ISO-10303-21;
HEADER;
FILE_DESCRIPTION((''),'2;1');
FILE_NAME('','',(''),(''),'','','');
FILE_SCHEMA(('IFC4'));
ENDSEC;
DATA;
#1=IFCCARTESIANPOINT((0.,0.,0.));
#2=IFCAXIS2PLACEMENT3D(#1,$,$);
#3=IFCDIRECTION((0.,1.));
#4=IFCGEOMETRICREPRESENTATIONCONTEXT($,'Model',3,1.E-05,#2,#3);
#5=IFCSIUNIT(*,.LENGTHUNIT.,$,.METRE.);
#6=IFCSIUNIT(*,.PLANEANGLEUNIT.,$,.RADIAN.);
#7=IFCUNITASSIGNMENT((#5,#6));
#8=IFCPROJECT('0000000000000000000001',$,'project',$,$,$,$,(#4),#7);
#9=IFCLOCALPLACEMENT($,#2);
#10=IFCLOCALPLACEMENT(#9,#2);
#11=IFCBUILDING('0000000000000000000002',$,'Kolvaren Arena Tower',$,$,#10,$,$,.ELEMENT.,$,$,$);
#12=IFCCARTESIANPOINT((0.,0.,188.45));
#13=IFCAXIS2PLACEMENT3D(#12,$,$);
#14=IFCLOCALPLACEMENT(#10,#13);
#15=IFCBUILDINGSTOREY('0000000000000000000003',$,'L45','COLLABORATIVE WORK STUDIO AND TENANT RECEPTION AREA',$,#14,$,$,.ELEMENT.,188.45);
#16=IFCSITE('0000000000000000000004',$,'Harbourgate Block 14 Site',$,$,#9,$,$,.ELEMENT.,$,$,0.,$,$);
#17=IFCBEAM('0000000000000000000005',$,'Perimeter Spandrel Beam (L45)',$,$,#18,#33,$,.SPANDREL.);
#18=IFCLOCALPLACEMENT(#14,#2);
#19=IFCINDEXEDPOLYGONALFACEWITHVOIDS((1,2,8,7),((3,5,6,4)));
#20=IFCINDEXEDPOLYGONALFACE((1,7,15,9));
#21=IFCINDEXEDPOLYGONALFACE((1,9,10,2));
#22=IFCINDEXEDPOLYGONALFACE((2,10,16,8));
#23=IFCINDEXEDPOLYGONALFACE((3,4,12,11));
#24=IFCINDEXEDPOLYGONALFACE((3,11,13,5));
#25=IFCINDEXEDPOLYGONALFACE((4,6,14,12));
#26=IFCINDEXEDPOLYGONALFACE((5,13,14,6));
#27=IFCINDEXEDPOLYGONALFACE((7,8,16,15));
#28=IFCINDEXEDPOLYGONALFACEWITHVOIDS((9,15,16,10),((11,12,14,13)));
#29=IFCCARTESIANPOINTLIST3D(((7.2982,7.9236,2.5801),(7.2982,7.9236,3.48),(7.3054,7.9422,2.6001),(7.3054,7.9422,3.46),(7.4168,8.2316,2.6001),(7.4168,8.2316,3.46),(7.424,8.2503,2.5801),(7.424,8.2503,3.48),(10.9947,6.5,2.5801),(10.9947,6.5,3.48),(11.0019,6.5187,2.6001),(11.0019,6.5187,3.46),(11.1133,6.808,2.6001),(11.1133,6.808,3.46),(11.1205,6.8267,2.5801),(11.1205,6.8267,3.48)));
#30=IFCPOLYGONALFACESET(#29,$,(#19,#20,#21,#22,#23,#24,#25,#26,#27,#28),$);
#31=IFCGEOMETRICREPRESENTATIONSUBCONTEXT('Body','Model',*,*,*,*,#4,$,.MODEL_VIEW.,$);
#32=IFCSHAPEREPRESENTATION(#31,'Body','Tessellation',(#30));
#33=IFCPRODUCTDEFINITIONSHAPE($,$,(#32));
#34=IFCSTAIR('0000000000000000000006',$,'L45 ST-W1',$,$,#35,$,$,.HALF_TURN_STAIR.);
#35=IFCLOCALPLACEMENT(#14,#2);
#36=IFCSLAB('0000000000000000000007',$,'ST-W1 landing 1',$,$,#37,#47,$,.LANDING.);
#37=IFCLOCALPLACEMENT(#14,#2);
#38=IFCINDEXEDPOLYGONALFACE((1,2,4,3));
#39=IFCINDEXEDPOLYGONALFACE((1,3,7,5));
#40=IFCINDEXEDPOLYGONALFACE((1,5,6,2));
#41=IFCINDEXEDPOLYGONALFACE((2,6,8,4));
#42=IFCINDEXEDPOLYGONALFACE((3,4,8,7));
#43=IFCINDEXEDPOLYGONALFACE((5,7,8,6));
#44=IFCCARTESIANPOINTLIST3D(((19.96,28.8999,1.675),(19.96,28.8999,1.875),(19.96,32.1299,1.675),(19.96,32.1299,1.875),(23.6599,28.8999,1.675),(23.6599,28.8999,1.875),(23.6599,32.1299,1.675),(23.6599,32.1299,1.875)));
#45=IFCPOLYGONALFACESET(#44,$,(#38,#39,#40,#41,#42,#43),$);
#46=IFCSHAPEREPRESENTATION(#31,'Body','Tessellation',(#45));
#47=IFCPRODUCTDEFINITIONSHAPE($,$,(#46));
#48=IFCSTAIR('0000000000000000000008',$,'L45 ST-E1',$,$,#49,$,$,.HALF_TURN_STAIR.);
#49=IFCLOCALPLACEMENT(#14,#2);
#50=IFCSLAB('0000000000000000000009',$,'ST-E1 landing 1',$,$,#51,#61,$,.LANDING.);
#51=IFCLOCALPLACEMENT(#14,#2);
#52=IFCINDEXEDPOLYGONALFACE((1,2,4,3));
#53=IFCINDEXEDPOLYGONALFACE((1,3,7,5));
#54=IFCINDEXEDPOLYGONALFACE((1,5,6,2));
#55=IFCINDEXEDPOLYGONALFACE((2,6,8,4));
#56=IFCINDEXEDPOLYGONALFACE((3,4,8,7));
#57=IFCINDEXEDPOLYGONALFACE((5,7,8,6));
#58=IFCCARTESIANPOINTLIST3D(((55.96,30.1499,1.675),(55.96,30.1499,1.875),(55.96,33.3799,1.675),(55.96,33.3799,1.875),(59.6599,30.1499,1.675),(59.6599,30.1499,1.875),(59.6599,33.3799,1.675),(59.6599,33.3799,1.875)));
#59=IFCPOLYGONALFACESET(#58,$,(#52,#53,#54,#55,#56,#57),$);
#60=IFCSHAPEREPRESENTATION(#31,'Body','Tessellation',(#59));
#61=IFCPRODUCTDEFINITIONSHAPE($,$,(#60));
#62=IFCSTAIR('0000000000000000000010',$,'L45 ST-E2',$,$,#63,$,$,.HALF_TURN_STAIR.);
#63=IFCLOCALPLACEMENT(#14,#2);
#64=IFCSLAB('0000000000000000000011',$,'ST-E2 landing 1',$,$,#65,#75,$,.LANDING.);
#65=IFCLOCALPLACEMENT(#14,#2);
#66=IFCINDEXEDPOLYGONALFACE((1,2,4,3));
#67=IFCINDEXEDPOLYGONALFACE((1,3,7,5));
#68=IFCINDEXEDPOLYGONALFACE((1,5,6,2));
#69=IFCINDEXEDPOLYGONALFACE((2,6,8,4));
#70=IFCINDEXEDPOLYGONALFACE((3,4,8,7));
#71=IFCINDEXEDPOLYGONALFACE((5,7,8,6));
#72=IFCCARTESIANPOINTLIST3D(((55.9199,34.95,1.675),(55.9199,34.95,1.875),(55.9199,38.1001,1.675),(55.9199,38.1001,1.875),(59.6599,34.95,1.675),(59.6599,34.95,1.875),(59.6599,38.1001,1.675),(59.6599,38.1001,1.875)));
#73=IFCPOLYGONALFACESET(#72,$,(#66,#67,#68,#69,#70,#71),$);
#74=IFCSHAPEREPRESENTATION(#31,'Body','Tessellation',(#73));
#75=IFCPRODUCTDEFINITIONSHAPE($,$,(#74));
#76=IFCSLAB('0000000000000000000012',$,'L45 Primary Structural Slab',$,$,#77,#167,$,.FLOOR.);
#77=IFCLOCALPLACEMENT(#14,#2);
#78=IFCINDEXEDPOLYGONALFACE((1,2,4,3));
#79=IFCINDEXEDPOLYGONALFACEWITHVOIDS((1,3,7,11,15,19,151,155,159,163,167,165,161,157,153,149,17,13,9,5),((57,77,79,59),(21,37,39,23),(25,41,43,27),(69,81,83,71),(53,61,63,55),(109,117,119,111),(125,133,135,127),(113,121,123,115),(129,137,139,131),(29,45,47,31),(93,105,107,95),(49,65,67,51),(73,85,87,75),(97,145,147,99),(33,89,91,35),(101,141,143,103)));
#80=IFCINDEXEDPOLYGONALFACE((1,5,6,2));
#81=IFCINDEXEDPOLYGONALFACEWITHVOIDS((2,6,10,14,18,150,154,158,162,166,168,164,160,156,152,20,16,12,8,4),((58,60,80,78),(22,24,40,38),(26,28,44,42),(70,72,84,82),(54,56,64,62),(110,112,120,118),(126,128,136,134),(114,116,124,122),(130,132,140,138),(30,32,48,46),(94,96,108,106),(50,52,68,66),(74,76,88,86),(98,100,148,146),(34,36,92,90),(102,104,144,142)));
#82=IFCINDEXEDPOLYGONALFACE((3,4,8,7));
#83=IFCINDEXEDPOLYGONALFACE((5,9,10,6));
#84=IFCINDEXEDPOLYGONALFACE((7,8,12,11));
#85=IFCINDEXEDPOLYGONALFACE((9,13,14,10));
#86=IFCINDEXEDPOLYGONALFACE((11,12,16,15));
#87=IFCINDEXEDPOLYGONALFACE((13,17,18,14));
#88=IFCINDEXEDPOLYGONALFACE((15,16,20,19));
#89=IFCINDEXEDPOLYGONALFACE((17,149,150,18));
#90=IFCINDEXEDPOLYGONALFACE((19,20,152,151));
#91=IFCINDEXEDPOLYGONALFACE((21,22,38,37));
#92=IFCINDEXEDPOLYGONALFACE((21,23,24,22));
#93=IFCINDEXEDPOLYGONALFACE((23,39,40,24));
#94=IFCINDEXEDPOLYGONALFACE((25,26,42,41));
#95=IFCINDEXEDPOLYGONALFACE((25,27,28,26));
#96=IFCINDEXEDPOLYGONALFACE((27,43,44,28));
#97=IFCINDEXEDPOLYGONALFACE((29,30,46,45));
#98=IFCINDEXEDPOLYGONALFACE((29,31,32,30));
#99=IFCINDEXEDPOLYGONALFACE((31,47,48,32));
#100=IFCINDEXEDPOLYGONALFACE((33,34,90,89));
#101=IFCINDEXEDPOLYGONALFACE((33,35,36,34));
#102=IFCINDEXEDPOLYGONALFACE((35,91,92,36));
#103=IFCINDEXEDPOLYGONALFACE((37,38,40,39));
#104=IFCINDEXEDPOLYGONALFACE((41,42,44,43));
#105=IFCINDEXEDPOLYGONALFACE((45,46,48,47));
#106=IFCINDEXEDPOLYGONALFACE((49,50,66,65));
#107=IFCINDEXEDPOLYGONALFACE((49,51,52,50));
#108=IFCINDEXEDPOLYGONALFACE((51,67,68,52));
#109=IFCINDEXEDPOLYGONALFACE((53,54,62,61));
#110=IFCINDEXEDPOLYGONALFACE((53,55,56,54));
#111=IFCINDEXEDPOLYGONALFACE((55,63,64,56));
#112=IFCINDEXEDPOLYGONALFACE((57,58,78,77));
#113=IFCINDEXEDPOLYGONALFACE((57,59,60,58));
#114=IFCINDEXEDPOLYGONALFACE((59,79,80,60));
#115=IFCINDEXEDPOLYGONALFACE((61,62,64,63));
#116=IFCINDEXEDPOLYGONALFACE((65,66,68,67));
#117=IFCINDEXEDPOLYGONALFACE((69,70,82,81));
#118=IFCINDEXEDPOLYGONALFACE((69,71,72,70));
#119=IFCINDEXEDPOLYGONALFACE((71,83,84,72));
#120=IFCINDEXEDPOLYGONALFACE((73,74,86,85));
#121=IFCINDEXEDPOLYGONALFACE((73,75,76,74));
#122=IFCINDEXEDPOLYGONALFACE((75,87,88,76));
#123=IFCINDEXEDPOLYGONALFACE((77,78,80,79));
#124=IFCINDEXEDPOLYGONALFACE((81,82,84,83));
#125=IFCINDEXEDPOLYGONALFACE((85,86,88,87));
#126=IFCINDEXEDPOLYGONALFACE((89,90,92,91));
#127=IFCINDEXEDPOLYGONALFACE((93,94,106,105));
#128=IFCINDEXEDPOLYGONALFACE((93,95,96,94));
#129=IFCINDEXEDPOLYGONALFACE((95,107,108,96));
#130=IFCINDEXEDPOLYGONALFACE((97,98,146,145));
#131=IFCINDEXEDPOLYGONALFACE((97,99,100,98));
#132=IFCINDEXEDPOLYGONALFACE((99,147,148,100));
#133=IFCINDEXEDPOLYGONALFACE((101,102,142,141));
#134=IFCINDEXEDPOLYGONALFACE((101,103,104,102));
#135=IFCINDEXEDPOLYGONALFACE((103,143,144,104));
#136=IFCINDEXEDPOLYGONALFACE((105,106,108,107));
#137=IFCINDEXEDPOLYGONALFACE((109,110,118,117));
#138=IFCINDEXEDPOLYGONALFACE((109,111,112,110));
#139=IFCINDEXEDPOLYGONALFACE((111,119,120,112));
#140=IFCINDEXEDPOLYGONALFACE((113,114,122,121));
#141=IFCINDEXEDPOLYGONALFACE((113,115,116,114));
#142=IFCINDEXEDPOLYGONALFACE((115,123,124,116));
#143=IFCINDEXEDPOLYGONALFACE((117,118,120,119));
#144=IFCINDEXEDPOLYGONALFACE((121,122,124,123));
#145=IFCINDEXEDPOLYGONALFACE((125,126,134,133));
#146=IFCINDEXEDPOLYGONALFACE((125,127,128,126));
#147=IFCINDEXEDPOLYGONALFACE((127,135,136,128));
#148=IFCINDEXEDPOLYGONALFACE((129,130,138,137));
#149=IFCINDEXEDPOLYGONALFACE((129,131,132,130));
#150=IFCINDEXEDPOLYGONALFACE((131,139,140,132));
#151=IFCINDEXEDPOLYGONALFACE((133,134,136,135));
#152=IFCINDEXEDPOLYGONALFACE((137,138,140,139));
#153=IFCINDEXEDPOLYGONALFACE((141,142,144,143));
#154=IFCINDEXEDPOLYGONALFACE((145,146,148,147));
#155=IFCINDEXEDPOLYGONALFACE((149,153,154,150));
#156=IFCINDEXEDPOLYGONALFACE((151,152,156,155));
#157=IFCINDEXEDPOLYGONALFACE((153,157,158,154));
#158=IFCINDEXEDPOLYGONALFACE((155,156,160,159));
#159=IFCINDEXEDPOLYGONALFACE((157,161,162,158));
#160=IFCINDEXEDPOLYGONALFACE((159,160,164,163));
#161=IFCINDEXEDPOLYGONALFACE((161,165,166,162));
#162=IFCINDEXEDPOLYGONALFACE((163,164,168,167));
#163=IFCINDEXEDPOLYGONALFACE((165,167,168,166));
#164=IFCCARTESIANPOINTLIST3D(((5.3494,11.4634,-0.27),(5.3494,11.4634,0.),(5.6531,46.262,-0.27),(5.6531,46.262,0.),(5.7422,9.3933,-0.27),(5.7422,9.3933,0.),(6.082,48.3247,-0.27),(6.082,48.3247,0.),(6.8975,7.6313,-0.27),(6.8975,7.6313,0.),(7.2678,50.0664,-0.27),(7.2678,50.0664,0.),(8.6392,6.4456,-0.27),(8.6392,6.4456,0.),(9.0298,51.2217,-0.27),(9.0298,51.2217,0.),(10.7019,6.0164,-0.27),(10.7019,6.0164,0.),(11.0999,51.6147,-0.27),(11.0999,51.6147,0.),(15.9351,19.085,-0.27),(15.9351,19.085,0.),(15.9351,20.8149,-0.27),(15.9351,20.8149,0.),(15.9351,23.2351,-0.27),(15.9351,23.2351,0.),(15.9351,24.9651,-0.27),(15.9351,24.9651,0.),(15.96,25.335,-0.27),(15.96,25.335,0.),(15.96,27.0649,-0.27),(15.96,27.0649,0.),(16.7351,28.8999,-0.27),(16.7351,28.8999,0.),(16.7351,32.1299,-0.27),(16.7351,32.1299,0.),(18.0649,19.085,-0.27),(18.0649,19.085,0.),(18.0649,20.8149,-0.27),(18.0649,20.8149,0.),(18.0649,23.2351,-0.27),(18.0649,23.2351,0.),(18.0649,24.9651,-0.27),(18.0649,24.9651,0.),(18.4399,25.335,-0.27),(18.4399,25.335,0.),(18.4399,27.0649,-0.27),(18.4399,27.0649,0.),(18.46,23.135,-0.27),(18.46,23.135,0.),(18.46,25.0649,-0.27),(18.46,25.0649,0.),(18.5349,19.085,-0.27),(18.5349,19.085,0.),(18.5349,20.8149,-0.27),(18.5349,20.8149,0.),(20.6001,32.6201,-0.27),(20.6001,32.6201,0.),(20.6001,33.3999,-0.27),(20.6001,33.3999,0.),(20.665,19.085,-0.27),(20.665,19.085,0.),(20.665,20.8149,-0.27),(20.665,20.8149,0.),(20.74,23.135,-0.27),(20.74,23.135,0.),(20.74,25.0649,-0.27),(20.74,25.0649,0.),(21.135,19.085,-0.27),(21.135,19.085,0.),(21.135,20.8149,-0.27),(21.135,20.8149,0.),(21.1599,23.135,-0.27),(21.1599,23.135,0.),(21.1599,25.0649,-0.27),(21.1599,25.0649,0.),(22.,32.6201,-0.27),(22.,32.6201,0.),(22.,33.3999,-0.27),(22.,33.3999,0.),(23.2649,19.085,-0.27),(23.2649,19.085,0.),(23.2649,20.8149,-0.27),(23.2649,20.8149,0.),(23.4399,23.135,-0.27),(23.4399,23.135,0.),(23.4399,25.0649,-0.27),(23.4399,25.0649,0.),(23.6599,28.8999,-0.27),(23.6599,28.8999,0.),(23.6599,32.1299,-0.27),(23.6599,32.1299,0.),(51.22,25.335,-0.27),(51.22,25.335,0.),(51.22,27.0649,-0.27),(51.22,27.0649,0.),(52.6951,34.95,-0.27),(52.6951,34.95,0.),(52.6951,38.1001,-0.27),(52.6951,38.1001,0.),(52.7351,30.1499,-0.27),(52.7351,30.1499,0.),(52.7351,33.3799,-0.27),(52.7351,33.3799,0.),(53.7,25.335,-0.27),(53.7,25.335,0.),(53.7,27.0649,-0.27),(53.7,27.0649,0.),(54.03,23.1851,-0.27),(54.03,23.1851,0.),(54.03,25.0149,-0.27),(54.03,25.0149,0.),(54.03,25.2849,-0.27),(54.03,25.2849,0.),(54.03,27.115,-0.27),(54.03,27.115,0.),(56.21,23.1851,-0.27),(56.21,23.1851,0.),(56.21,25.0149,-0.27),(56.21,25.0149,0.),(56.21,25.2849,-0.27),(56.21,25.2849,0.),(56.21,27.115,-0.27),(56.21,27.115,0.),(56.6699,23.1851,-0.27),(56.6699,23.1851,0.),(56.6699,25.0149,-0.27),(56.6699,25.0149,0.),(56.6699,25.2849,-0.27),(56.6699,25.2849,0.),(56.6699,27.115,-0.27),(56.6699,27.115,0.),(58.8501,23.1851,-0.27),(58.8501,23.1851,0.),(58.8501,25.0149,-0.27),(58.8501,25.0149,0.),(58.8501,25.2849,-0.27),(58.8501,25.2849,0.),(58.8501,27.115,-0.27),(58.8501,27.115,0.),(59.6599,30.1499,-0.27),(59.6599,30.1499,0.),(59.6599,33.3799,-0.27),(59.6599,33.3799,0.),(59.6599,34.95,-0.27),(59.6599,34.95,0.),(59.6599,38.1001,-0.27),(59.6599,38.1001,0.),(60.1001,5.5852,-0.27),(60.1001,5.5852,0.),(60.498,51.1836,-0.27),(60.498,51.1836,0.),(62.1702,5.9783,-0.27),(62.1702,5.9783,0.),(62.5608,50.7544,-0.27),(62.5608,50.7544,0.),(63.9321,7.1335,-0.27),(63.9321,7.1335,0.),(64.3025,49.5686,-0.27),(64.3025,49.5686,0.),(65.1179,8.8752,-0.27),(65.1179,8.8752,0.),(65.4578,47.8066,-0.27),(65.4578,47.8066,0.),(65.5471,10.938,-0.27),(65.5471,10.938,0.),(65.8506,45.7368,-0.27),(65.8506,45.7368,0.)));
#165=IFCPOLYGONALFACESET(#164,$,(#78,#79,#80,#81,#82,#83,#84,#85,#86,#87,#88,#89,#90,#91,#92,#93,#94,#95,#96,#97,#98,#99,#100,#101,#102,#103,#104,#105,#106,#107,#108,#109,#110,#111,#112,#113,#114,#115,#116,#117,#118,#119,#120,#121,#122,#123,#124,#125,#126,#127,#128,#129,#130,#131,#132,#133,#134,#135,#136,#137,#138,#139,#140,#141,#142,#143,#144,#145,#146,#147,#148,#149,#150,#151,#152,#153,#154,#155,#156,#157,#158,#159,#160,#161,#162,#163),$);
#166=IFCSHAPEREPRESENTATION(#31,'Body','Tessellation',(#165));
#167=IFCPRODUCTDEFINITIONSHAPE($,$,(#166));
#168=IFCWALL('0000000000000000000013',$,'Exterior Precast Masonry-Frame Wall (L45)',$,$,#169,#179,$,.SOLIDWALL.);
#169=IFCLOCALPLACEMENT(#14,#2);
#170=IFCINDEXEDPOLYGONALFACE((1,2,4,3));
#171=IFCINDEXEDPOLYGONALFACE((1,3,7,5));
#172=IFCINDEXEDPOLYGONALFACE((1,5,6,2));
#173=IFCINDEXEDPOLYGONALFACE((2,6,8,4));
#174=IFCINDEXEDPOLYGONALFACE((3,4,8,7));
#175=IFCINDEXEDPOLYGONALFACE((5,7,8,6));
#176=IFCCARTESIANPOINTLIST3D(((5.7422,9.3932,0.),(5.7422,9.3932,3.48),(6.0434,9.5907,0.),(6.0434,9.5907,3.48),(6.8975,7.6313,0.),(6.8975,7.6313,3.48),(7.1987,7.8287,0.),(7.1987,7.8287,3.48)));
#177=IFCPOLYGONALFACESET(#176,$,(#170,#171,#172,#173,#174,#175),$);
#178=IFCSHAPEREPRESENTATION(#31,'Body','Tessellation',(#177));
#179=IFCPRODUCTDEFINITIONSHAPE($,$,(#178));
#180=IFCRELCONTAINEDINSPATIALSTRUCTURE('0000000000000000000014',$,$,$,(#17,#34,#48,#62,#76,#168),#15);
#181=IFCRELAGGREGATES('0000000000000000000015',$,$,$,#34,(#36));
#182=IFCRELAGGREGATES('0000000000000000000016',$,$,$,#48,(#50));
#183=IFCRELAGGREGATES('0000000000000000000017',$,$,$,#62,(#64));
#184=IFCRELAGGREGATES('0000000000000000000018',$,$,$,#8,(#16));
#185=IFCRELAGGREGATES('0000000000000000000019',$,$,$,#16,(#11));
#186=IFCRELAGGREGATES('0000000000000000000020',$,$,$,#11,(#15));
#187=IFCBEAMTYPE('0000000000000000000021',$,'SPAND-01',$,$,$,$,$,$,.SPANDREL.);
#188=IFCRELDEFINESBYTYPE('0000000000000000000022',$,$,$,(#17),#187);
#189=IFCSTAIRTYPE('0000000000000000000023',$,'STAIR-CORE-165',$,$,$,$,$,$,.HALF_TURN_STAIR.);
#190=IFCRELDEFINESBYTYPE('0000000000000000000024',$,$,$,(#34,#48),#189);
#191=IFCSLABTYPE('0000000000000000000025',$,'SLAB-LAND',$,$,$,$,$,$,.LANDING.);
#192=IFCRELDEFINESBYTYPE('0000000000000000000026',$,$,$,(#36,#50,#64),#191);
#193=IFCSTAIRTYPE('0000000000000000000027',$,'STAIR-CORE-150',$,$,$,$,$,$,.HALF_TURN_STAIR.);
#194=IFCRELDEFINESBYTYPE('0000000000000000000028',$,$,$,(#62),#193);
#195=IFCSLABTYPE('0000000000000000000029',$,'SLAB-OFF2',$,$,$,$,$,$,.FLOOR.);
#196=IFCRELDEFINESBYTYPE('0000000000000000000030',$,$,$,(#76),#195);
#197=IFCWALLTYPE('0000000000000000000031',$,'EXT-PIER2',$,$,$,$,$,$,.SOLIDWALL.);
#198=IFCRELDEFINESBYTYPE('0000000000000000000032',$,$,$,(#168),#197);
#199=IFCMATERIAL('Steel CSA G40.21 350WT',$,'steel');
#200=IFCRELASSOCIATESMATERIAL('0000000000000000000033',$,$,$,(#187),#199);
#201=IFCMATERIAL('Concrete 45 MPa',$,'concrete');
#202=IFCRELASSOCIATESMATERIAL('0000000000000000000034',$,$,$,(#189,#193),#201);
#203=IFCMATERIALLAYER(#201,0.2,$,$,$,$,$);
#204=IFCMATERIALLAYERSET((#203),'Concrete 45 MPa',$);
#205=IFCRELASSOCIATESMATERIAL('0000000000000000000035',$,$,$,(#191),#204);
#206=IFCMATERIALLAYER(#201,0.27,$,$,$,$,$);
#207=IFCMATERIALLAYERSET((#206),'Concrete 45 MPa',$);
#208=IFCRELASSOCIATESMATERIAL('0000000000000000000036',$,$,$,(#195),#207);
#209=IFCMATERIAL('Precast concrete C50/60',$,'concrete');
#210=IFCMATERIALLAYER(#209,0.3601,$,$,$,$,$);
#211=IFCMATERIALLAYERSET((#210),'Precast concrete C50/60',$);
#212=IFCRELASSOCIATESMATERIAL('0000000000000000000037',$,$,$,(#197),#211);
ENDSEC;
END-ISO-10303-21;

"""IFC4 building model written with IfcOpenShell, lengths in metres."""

from ifc_helpers import new_model, si_unit, direction, frame, frame_2d, origin, origin_2d, place, context, subcontext, project, spatial, polyline, rectangle, hollow_rectangle, outline, extrude, material, layer, layer_set, material_profile, profile_set, type_object, element, aggregate, save


model = new_model("IFC4")

# Units and contexts
model_context = context("Model", 3, precision=1e-05, world=origin(), true_north=direction((0.0, 1.0)))
body_context = subcontext(model_context, "Body", "Model", "MODEL_VIEW")
ifc_project = project(units=[si_unit("LENGTHUNIT", "METRE"), si_unit("PLANEANGLEUNIT", "RADIAN")], contexts=[model_context])

# Site, building, storey
site_placement = place(None, origin())
site = spatial("IfcSite", under=ifc_project, at=site_placement, Name="Harbourgate Block 14 Site", CompositionType="ELEMENT", RefElevation=0.0)
building_placement = place(site_placement, origin())
building = spatial("IfcBuilding", under=site, at=building_placement, Name="Kolvaren Arena Tower", CompositionType="ELEMENT")
storey_placement = place(building_placement, frame((0.0, 0.0, 188.45)))
storey = spatial("IfcBuildingStorey", under=building, at=storey_placement, Name="L45", Description="COLLABORATIVE WORK STUDIO AND TENANT RECEPTION AREA", CompositionType="ELEMENT", Elevation=188.45)

# Beam
ifc_material_1 = material(Name="Steel CSA G40.21 350WT", Category="steel")
ifc_material_profile_1 = material_profile(ifc_material_1, hollow_rectangle(XDim=0.3501, YDim=0.8999, WallThickness=0.02, at=origin_2d()), Name="HSS 900x350x20")
ifc_profile_set_1 = profile_set([ifc_material_profile_1], Name="Steel CSA G40.21 350WT")
beam_type_1 = type_object("IfcBeamType", Name="SPAND-01", PredefinedType="SPANDREL", material=ifc_profile_set_1)
beam_1_placement = place(storey_placement, frame((7.3611, 8.0869, 3.03), z_axis=(0.93319, -0.359384, 0.0), x_axis=(0.359384, 0.93319, 0.0)))
element("IfcBeam", 1, at=beam_1_placement, inside=storey, type_object=beam_type_1, Name="Perimeter Spandrel Beam (L45)", PredefinedType="SPANDREL", context=body_context, shape_type="SweptSolid", body=[
    extrude(hollow_rectangle(XDim=0.3501, YDim=0.8999, WallThickness=0.02, at=origin_2d()), origin(), (0.0, 0.0, 1.0), 3.9612),
])

# Stairs, slabs
ifc_material_2 = material(Name="Concrete 45 MPa", Category="concrete")
stair_type_1 = type_object("IfcStairType", Name="STAIR-CORE-165", PredefinedType="HALF_TURN_STAIR", material=ifc_material_2)
stair_1_placement = place(storey_placement, origin())
stair_1 = element("IfcStair", 2, at=stair_1_placement, inside=storey, type_object=stair_type_1, Name="L45 ST-W1", PredefinedType="HALF_TURN_STAIR")
ifc_layer_1 = layer(ifc_material_2, 0.2)
ifc_layer_set_1 = layer_set([ifc_layer_1], Name="Concrete 45 MPa")
slab_type_1 = type_object("IfcSlabType", Name="SLAB-LAND", PredefinedType="LANDING", material=ifc_layer_set_1)
slab_1_placement = place(storey_placement, frame((0.0, 0.0, 1.675)))
slab_1 = element("IfcSlab", 3, at=slab_1_placement, type_object=slab_type_1, Name="ST-W1 landing 1", PredefinedType="LANDING", context=body_context, shape_type="SweptSolid", body=[
    extrude(outline(polyline([(19.96, 28.8999), (23.6599, 28.8999), (23.6599, 32.1299), (19.96, 32.1299), (19.96, 28.8999)])), origin(), (0.0, 0.0, 1.0), 0.2),
])
aggregate(stair_1, [slab_1])
stair_2_placement = place(storey_placement, origin())
stair_2 = element("IfcStair", 4, at=stair_2_placement, inside=storey, type_object=stair_type_1, Name="L45 ST-E1", PredefinedType="HALF_TURN_STAIR")
slab_2_placement = place(storey_placement, frame((0.0, 0.0, 1.675)))
slab_2 = element("IfcSlab", 5, at=slab_2_placement, type_object=slab_type_1, Name="ST-E1 landing 1", PredefinedType="LANDING", context=body_context, shape_type="SweptSolid", body=[
    extrude(outline(polyline([(55.96, 30.1499), (59.6599, 30.1499), (59.6599, 33.3799), (55.96, 33.3799), (55.96, 30.1499)])), origin(), (0.0, 0.0, 1.0), 0.2),
])
aggregate(stair_2, [slab_2])
stair_type_2 = type_object("IfcStairType", Name="STAIR-CORE-150", PredefinedType="HALF_TURN_STAIR", material=ifc_material_2)
stair_3_placement = place(storey_placement, origin())
stair_3 = element("IfcStair", 6, at=stair_3_placement, inside=storey, type_object=stair_type_2, Name="L45 ST-E2", PredefinedType="HALF_TURN_STAIR")
slab_3_placement = place(storey_placement, frame((0.0, 0.0, 1.675)))
slab_3 = element("IfcSlab", 7, at=slab_3_placement, type_object=slab_type_1, Name="ST-E2 landing 1", PredefinedType="LANDING", context=body_context, shape_type="SweptSolid", body=[
    extrude(outline(polyline([(55.9199, 34.95), (59.6599, 34.95), (59.6599, 38.1001), (55.9199, 38.1001), (55.9199, 34.95)])), origin(), (0.0, 0.0, 1.0), 0.2),
])
aggregate(stair_3, [slab_3])

# Slab
ifc_layer_2 = layer(ifc_material_2, 0.27)
ifc_layer_set_2 = layer_set([ifc_layer_2], Name="Concrete 45 MPa")
slab_type_2 = type_object("IfcSlabType", Name="SLAB-OFF2", PredefinedType="FLOOR", material=ifc_layer_set_2)
slab_4_placement = place(storey_placement, frame((0.0, 0.0, -0.27)))
element("IfcSlab", 8, at=slab_4_placement, inside=storey, type_object=slab_type_2, Name="L45 Primary Structural Slab", PredefinedType="FLOOR", context=body_context, shape_type="SweptSolid", body=[
    extrude(outline(polyline([(60.1001, 5.5852), (62.1702, 5.9783), (63.9321, 7.1335), (65.1179, 8.8752), (65.5471, 10.938), (65.8506, 45.7368), (65.4578, 47.8066), (64.3025, 49.5686), (62.5608, 50.7544), (60.498, 51.1836), (11.0999, 51.6147), (9.0298, 51.2217), (7.2678, 50.0664), (6.082, 48.3247), (5.6531, 46.262), (5.3494, 11.4634), (5.7422, 9.3933), (6.8975, 7.6313), (8.6392, 6.4456), (10.7019, 6.0164), (60.1001, 5.5852)]), holes=[polyline([(15.9351, 19.085), (15.9351, 20.8149), (18.0649, 20.8149), (18.0649, 19.085), (15.9351, 19.085)]), polyline([(18.5349, 19.085), (18.5349, 20.8149), (20.665, 20.8149), (20.665, 19.085), (18.5349, 19.085)]), polyline([(21.135, 19.085), (21.135, 20.8149), (23.2649, 20.8149), (23.2649, 19.085), (21.135, 19.085)]), polyline([(18.46, 23.135), (18.46, 25.0649), (20.74, 25.0649), (20.74, 23.135), (18.46, 23.135)]), polyline([(21.1599, 23.135), (21.1599, 25.0649), (23.4399, 25.0649), (23.4399, 23.135), (21.1599, 23.135)]), polyline([(54.03, 23.1851), (54.03, 25.0149), (56.21, 25.0149), (56.21, 23.1851), (54.03, 23.1851)]), polyline([(56.6699, 23.1851), (56.6699, 25.0149), (58.8501, 25.0149), (58.8501, 23.1851), (56.6699, 23.1851)]), polyline([(15.9351, 23.2351), (15.9351, 24.9651), (18.0649, 24.9651), (18.0649, 23.2351), (15.9351, 23.2351)]), polyline([(54.03, 25.2849), (54.03, 27.115), (56.21, 27.115), (56.21, 25.2849), (54.03, 25.2849)]), polyline([(56.6699, 25.2849), (56.6699, 27.115), (58.8501, 27.115), (58.8501, 25.2849), (56.6699, 25.2849)]), polyline([(15.96, 25.335), (15.96, 27.0649), (18.4399, 27.0649), (18.4399, 25.335), (15.96, 25.335)]), polyline([(51.22, 25.335), (51.22, 27.0649), (53.7, 27.0649), (53.7, 25.335), (51.22, 25.335)]), polyline([(16.7351, 28.8999), (16.7351, 32.1299), (23.6599, 32.1299), (23.6599, 28.8999), (16.7351, 28.8999)]), polyline([(52.7351, 30.1499), (52.7351, 33.3799), (59.6599, 33.3799), (59.6599, 30.1499), (52.7351, 30.1499)]), polyline([(20.6001, 32.6201), (20.6001, 33.3999), (22.0, 33.3999), (22.0, 32.6201), (20.6001, 32.6201)]), polyline([(52.6951, 34.95), (52.6951, 38.1001), (59.6599, 38.1001), (59.6599, 34.95), (52.6951, 34.95)])]), origin(), (0.0, 0.0, 1.0), 0.27),
])

# Wall
ifc_material_3 = material(Name="Precast concrete C50/60", Category="concrete")
ifc_layer_3 = layer(ifc_material_3, 0.3601)
ifc_layer_set_3 = layer_set([ifc_layer_3], Name="Precast concrete C50/60")
wall_type = type_object("IfcWallType", Name="EXT-PIER2", PredefinedType="SOLIDWALL", material=ifc_layer_set_3)
for number, where, z_axis, x_axis, name in (
    (9, (7.0481, 7.73, 0.0), (0.0, 0.0, 1.0), (-0.54832, 0.836269, 0.0), "Exterior Precast Masonry-Frame Wall (L45)"),
):
    element("IfcWall", number, at=place(storey_placement, frame(where, z_axis=z_axis, x_axis=x_axis)), inside=storey, type_object=wall_type, Name=name, PredefinedType="SOLIDWALL", context=body_context, shape_type="SweptSolid", body=[
        extrude(rectangle(XDim=2.1069, YDim=0.3601, at=frame_2d((1.0535, 0.0))), origin(), (0.0, 0.0, 1.0), 3.48),
    ])

save(model, "model.ifc")
